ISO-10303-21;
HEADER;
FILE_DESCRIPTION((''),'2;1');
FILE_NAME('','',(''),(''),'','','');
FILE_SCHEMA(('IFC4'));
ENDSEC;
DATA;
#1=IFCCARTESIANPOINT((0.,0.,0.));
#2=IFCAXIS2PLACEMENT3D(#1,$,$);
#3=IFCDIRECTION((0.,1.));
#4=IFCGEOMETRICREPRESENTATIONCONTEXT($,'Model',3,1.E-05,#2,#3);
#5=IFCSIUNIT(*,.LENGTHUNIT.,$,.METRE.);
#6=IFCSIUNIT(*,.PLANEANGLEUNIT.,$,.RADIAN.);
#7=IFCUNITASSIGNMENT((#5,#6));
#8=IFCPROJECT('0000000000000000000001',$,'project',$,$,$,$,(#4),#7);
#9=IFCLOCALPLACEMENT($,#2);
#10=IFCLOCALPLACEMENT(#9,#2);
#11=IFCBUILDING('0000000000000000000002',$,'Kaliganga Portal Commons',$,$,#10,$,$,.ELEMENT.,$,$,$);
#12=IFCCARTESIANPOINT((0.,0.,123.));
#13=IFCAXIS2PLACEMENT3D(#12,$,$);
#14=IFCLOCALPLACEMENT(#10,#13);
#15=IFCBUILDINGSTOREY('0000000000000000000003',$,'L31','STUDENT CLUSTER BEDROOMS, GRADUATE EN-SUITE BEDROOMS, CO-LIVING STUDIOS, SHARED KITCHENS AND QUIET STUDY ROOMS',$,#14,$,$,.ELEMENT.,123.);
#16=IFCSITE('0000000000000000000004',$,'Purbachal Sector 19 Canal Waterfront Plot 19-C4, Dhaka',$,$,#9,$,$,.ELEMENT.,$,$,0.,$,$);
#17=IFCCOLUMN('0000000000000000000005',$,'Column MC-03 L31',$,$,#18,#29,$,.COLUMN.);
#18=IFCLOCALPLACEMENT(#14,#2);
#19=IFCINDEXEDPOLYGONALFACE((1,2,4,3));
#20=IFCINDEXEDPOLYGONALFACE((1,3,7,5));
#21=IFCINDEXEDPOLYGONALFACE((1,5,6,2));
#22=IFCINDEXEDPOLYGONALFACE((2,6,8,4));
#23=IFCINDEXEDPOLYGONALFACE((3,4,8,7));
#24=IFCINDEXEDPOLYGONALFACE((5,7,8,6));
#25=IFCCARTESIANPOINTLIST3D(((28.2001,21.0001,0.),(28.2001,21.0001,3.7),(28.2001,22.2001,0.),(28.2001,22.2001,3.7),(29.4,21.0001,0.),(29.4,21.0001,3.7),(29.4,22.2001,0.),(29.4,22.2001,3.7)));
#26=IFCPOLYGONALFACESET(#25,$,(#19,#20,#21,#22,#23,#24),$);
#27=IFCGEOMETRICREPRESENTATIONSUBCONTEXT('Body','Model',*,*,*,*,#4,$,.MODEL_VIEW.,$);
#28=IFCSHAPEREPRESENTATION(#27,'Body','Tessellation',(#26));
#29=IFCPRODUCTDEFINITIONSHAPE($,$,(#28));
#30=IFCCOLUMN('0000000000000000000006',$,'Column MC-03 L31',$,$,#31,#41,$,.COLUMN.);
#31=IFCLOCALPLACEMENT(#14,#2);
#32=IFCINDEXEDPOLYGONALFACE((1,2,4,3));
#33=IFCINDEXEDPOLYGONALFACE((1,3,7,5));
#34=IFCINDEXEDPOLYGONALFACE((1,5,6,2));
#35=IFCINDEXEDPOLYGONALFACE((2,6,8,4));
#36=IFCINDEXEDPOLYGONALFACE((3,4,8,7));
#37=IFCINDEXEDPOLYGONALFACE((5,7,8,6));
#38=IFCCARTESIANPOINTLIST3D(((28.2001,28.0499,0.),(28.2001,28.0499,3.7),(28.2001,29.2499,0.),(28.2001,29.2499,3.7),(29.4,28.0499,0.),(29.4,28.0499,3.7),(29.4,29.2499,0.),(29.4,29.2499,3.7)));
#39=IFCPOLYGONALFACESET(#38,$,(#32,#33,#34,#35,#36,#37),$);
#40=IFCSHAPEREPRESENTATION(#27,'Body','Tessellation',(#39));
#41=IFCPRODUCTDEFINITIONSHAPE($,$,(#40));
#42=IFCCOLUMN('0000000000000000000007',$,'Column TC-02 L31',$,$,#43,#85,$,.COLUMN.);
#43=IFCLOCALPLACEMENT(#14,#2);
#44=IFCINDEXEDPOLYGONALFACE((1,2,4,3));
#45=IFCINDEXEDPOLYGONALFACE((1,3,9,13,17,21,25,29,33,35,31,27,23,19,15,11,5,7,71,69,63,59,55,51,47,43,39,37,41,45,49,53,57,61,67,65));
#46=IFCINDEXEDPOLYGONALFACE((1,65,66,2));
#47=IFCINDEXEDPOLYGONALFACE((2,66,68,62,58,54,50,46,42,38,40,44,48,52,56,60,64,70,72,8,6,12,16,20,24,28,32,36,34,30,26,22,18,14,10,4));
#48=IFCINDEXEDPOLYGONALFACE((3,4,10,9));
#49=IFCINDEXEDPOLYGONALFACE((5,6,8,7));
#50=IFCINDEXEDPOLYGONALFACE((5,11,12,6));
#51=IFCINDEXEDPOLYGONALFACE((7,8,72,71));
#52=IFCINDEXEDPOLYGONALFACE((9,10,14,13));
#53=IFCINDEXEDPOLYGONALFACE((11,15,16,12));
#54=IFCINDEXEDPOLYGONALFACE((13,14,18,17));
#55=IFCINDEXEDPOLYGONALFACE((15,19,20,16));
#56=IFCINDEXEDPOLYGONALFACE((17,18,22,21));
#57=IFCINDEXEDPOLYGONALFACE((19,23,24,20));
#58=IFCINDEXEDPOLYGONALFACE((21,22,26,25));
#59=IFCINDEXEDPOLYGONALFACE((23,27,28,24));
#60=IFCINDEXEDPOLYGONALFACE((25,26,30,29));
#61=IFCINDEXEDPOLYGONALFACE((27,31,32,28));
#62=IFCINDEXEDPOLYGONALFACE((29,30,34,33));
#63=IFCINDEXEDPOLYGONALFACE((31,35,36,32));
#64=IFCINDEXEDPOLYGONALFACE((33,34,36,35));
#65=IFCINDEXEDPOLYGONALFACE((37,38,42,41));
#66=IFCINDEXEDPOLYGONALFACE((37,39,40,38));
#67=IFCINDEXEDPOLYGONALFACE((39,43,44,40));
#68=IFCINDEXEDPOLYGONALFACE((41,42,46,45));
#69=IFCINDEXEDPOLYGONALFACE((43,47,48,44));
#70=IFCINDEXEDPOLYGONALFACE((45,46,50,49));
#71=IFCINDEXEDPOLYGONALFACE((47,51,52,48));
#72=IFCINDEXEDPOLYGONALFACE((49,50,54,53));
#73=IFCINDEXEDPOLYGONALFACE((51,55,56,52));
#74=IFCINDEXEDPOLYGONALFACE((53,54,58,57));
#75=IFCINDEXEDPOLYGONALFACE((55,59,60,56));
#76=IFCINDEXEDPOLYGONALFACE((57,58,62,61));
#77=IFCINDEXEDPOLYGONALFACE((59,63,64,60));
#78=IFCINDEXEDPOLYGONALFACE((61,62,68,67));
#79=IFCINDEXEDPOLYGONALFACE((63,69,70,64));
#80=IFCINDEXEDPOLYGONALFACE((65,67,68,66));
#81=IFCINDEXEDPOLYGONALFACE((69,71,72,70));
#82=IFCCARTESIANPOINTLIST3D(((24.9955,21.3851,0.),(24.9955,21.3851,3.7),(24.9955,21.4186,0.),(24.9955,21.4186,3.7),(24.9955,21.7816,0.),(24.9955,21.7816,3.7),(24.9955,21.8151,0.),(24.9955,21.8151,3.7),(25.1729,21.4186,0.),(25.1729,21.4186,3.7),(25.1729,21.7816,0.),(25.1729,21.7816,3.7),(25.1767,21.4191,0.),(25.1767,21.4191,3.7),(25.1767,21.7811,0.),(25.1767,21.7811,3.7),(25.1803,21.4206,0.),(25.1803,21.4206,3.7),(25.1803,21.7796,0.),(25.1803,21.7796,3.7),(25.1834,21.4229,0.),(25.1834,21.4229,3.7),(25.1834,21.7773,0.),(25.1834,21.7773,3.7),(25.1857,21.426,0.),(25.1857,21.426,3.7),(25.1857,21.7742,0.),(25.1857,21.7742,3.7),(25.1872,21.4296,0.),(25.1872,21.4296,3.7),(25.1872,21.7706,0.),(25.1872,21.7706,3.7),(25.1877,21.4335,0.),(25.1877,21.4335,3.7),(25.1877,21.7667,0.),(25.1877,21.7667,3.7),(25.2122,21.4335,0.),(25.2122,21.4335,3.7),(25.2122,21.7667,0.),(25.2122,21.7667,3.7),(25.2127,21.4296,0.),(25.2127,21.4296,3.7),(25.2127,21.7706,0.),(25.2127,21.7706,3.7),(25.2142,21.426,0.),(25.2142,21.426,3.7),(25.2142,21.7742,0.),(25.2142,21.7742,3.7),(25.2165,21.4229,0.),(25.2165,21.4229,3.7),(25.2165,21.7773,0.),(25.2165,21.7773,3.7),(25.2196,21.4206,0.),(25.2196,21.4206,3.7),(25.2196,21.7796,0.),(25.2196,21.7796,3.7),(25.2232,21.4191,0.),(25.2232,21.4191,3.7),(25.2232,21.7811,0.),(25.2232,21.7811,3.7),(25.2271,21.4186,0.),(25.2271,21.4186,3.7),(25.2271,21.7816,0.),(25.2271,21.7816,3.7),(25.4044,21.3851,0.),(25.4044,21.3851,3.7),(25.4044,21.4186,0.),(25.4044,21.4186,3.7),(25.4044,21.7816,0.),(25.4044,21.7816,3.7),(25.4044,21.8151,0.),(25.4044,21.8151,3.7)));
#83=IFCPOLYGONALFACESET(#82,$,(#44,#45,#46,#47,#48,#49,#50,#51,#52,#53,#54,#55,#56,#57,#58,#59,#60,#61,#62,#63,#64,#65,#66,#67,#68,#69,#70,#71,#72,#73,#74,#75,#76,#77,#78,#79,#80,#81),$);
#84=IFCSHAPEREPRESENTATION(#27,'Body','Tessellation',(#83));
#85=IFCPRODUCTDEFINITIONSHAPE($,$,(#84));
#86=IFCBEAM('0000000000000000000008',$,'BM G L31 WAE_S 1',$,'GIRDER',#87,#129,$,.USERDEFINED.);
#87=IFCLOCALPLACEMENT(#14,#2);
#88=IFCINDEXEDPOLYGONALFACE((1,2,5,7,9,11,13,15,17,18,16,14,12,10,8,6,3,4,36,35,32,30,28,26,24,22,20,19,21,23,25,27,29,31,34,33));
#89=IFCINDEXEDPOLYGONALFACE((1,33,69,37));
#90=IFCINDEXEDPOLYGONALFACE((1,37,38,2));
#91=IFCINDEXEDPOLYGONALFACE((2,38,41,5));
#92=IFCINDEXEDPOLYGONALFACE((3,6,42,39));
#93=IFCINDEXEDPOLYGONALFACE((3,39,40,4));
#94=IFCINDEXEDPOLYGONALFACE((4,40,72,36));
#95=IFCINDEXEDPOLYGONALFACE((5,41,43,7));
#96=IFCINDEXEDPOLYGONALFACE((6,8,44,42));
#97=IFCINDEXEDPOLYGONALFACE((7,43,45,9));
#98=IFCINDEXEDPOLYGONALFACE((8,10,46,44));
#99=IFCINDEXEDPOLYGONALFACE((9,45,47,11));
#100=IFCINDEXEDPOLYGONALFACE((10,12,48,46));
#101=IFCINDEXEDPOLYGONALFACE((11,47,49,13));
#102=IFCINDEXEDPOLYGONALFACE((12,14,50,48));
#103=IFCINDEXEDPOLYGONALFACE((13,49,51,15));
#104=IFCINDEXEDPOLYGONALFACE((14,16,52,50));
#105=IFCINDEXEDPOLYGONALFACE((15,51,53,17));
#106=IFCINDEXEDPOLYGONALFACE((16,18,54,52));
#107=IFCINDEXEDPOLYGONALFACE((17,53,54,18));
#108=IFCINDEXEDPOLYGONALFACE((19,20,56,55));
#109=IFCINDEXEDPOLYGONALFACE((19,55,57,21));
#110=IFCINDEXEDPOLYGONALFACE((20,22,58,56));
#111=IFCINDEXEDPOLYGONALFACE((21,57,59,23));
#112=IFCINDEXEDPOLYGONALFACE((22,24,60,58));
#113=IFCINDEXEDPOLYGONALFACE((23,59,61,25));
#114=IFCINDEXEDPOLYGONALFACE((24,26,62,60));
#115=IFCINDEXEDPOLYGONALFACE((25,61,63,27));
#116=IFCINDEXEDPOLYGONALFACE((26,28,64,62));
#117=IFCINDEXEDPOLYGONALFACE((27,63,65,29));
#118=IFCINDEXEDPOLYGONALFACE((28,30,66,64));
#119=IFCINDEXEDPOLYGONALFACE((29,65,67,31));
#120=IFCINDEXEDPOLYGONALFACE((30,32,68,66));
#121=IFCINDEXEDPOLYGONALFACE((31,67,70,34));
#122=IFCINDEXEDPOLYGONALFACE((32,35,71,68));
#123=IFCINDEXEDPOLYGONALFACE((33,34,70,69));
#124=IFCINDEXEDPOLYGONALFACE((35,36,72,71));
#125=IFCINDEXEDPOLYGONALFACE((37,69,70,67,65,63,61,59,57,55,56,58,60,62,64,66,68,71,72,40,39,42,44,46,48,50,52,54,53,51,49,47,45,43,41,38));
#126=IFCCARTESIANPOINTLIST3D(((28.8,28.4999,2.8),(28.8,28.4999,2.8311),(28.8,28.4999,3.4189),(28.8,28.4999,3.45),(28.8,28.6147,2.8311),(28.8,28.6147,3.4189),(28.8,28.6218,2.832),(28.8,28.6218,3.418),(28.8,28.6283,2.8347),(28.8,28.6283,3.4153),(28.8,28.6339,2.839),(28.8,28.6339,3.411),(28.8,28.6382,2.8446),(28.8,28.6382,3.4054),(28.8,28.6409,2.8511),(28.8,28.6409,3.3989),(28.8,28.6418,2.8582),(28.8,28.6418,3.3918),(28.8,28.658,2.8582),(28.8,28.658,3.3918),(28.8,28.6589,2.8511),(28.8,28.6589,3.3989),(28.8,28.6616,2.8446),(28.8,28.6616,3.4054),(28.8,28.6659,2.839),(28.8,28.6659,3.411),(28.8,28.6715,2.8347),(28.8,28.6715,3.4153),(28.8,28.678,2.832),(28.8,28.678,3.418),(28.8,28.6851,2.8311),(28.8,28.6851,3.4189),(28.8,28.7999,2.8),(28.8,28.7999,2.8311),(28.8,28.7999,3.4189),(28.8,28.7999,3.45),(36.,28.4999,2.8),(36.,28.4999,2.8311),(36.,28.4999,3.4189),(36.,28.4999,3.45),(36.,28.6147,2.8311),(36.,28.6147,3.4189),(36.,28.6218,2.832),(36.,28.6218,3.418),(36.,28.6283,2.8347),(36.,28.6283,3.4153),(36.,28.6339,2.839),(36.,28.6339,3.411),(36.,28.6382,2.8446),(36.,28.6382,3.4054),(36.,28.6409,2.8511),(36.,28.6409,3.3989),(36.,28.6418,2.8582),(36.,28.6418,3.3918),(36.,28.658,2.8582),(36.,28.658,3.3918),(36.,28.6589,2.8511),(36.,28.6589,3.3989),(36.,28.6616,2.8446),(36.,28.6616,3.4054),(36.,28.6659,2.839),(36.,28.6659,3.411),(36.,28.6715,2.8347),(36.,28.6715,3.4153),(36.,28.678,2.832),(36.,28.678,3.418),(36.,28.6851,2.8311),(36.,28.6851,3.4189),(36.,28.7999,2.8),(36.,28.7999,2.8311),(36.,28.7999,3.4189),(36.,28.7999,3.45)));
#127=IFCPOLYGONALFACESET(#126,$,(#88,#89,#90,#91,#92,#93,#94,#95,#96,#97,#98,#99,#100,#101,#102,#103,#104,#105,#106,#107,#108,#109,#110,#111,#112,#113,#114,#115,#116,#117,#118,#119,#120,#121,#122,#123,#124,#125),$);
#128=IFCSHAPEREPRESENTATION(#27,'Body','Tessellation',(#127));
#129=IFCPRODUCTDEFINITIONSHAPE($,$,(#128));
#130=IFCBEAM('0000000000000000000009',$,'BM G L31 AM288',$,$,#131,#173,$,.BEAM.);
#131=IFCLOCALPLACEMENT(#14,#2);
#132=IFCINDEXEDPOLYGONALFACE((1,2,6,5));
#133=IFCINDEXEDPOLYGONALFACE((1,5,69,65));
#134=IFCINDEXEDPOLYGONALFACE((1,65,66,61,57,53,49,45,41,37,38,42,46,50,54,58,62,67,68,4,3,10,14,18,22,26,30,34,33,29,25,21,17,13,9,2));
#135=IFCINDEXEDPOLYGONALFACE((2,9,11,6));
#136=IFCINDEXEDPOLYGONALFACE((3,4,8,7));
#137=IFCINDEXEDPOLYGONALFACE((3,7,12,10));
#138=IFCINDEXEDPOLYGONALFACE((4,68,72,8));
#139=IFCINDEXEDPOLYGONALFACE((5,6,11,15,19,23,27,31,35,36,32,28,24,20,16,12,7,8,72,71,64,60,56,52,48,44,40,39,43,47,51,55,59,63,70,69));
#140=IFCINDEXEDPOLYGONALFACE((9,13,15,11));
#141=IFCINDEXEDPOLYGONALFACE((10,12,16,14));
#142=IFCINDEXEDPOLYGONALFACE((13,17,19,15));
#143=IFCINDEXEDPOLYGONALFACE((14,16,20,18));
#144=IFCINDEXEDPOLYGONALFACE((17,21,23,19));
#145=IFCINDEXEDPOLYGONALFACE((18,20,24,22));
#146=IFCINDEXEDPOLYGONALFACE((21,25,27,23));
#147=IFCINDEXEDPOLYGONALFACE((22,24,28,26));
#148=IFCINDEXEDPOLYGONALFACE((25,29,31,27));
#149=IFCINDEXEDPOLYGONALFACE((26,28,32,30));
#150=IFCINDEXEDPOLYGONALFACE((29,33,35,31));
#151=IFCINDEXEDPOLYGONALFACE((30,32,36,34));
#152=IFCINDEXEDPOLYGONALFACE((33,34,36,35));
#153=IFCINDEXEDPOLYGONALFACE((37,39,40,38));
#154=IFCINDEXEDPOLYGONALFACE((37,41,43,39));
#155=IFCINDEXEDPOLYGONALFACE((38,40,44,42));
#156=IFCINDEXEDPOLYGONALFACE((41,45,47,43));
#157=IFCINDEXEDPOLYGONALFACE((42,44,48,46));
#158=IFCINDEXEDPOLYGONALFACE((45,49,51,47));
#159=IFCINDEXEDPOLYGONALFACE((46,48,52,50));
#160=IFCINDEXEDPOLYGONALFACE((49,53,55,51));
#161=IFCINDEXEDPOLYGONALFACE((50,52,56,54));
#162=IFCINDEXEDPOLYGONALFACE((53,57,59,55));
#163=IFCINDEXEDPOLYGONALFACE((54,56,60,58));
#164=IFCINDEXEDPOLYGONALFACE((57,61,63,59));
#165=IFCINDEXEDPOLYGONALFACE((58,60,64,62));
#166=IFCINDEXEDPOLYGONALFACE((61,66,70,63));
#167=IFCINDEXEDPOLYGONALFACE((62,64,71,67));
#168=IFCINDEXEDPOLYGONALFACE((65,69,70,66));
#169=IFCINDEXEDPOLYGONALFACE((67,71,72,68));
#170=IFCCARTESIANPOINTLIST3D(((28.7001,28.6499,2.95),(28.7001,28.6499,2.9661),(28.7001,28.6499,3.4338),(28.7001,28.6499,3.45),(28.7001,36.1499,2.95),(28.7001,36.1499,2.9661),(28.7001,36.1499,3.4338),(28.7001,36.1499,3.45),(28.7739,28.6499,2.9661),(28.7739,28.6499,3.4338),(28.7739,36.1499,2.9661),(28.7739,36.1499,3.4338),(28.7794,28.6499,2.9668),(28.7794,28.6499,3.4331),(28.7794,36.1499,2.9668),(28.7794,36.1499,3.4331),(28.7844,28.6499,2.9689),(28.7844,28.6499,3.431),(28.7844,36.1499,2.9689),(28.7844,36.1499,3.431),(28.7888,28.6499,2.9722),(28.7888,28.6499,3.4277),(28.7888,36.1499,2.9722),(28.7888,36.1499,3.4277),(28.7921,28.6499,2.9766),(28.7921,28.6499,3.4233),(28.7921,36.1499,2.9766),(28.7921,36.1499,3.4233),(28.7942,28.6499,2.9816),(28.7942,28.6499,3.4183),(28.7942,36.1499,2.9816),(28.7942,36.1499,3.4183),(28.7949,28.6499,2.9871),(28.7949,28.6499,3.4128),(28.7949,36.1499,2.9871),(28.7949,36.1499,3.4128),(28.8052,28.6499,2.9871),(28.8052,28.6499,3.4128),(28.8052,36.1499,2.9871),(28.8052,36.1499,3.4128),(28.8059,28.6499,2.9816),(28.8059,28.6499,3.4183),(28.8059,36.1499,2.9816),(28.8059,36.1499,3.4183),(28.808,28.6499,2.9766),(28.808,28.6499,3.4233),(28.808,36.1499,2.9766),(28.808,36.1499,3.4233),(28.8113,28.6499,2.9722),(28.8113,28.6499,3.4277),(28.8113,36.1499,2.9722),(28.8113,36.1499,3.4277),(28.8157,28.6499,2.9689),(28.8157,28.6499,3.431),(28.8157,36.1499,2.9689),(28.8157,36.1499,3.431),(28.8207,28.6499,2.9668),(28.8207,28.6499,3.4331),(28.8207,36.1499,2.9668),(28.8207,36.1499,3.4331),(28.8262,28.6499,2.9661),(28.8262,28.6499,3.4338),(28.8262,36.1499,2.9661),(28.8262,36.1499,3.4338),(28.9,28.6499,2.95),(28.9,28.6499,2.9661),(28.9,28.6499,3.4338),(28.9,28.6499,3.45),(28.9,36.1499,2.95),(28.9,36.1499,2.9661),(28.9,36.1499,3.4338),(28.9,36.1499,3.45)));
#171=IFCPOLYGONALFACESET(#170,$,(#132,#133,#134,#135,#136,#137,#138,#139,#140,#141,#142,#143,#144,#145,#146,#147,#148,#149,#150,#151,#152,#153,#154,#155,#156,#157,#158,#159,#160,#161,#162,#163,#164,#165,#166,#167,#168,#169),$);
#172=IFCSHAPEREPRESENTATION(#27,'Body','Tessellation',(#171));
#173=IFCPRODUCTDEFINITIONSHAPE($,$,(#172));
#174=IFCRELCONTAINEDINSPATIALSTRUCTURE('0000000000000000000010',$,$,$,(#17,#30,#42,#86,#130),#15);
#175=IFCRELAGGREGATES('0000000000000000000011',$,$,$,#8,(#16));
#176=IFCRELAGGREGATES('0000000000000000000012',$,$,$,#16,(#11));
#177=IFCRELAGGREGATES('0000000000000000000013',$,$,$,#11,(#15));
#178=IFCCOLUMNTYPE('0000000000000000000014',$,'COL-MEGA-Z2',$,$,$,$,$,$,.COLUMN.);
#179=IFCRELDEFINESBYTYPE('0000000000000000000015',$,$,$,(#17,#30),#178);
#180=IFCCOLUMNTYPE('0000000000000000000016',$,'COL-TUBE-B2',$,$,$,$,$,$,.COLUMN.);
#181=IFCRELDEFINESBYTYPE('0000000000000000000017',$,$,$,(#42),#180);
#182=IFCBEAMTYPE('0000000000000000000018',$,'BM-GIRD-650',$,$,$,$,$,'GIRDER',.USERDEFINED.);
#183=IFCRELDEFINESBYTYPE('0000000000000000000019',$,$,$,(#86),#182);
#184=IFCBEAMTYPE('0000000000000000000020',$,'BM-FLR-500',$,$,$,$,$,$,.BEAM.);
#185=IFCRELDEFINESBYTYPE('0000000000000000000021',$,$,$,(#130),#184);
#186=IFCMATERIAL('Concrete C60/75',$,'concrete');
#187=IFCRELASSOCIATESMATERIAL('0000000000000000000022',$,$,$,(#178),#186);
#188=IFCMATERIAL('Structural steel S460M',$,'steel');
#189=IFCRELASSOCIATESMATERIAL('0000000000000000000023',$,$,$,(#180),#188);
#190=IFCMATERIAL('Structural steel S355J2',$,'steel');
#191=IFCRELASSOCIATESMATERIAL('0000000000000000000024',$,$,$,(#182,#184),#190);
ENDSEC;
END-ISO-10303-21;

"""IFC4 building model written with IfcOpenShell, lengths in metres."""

from ifc_helpers import new_model, si_unit, direction, frame, origin, origin_2d, place, context, subcontext, project, spatial, rectangle, i_section, extrude, source, transform, mapped, material, material_profile, profile_set, type_object, element, save


model = new_model("IFC4")

# Units and contexts
model_context = context("Model", 3, precision=1e-05, world=origin(), true_north=direction((0.0, 1.0)))
body_context = subcontext(model_context, "Body", "Model", "MODEL_VIEW")
ifc_project = project(units=[si_unit("LENGTHUNIT", "METRE"), si_unit("PLANEANGLEUNIT", "RADIAN")], contexts=[model_context])

# Site, building, storey
site_placement = place(None, origin())
site = spatial("IfcSite", under=ifc_project, at=site_placement, Name="Purbachal Sector 19 Canal Waterfront Plot 19-C4, Dhaka", CompositionType="ELEMENT", RefElevation=0.0)
building_placement = place(site_placement, origin())
building = spatial("IfcBuilding", under=site, at=building_placement, Name="Kaliganga Portal Commons", CompositionType="ELEMENT")
storey_placement = place(building_placement, frame((0.0, 0.0, 123.0)))
storey = spatial("IfcBuildingStorey", under=building, at=storey_placement, Name="L31", Description="STUDENT CLUSTER BEDROOMS, GRADUATE EN-SUITE BEDROOMS, CO-LIVING STUDIOS, SHARED KITCHENS AND QUIET STUDY ROOMS", CompositionType="ELEMENT", Elevation=123.0)

# Columns
ifc_material_1 = material(Name="Concrete C60/75", Category="concrete")
ifc_material_profile_1 = material_profile(ifc_material_1, rectangle(XDim=1.2, YDim=1.2, at=origin_2d()), Name="RC 1200x1200")
ifc_profile_set_1 = profile_set([ifc_material_profile_1], Name="Concrete C60/75")
column_type_1 = type_object("IfcColumnType", Name="COL-MEGA-Z2", PredefinedType="COLUMN", material=ifc_profile_set_1)
shared_shape_1 = source(origin(), body_context, "Body", "SweptSolid", [
    extrude(rectangle(XDim=1.2, YDim=1.2, at=origin_2d()), origin(), (0.0, 0.0, 1.0), 3.7),
])
for number, where, z_axis, x_axis, name in (
    (1, (28.8, 21.6001, 0.0), (0.0, 0.0, 1.0), (1.0, 0.0, 0.0), "Column MC-03 L31"),
    (2, (28.8, 28.6499, 0.0), (0.0, 0.0, 1.0), (1.0, 0.0, 0.0), "Column MC-03 L31"),
):
    element("IfcColumn", number, at=place(storey_placement, frame(where, z_axis=z_axis, x_axis=x_axis)), inside=storey, type_object=column_type_1, Name=name, PredefinedType="COLUMN", context=body_context, shape_type="MappedRepresentation", body=[
        mapped(shared_shape_1, transform((0.0, 0.0, 0.0), x_axis=(1.0, 0.0, 0.0), y_axis=(0.0, 1.0, 0.0), z_axis=(0.0, 0.0, 1.0), scale=1.0)),
    ])
ifc_material_2 = material(Name="Structural steel S460M", Category="steel")
ifc_material_profile_2 = material_profile(ifc_material_2, i_section(OverallWidth=0.4089, OverallDepth=0.4299, WebThickness=0.0244, FlangeThickness=0.0334, FilletRadius=0.0149, at=origin_2d()), Name="HD 400x421")
ifc_profile_set_2 = profile_set([ifc_material_profile_2], Name="Structural steel S460M wide-flange")
column_type_2 = type_object("IfcColumnType", Name="COL-TUBE-B2", PredefinedType="COLUMN", material=ifc_profile_set_2)
shared_shape_2 = source(origin(), body_context, "Body", "SweptSolid", [
    extrude(i_section(OverallWidth=0.4089, OverallDepth=0.4299, WebThickness=0.0244, FlangeThickness=0.0334, FilletRadius=0.0149, at=origin_2d()), origin(), (0.0, 0.0, 1.0), 3.7),
])
column_placement = place(storey_placement, frame((25.2, 21.6001, 0.0), z_axis=(0.0, 0.0, 1.0), x_axis=(1.0, 0.0, 0.0)))
element("IfcColumn", 3, at=column_placement, inside=storey, type_object=column_type_2, Name="Column TC-02 L31", PredefinedType="COLUMN", context=body_context, shape_type="MappedRepresentation", body=[
    mapped(shared_shape_2, transform((0.0, 0.0, 0.0), x_axis=(1.0, 0.0, 0.0), y_axis=(0.0, 1.0, 0.0), z_axis=(0.0, 0.0, 1.0), scale=1.0)),
])

# Beams
ifc_material_3 = material(Name="Structural steel S355J2", Category="steel")
ifc_material_profile_3 = material_profile(ifc_material_3, i_section(OverallWidth=0.3, OverallDepth=0.6499, WebThickness=0.0161, FlangeThickness=0.031, FilletRadius=0.0271, at=origin_2d()), Name="HE 650 B")
ifc_profile_set_3 = profile_set([ifc_material_profile_3], Name="Structural steel S355J2 wide-flange")
beam_type_1 = type_object("IfcBeamType", Name="BM-GIRD-650", ElementType="GIRDER", PredefinedType="USERDEFINED", material=ifc_profile_set_3)
shared_shape_3 = source(origin(), body_context, "Body", "SweptSolid", [
    extrude(i_section(OverallWidth=0.3, OverallDepth=0.6499, WebThickness=0.0161, FlangeThickness=0.031, FilletRadius=0.0271, at=origin_2d()), origin(), (0.0, 0.0, 1.0), 7.2),
])
beam_1_placement = place(storey_placement, frame((28.8, 28.6499, 3.125), z_axis=(1.0, 0.0, 0.0), x_axis=(0.0, 1.0, 0.0)))
element("IfcBeam", 4, at=beam_1_placement, inside=storey, type_object=beam_type_1, Name="BM G L31 WAE_S 1", ObjectType="GIRDER", PredefinedType="USERDEFINED", context=body_context, shape_type="MappedRepresentation", body=[
    mapped(shared_shape_3, transform((0.0, 0.0, 0.0), x_axis=(1.0, 0.0, 0.0), y_axis=(0.0, 1.0, 0.0), z_axis=(0.0, 0.0, 1.0), scale=1.0)),
])
ifc_material_profile_4 = material_profile(ifc_material_3, i_section(OverallWidth=0.2, OverallDepth=0.5, WebThickness=0.0103, FlangeThickness=0.0161, FilletRadius=0.021, at=origin_2d()), Name="IPE 500")
ifc_profile_set_4 = profile_set([ifc_material_profile_4], Name="Structural steel S355J2 wide-flange")
beam_type_2 = type_object("IfcBeamType", Name="BM-FLR-500", PredefinedType="BEAM", material=ifc_profile_set_4)
shared_shape_4 = source(origin(), body_context, "Body", "SweptSolid", [
    extrude(i_section(OverallWidth=0.2, OverallDepth=0.5, WebThickness=0.0103, FlangeThickness=0.0161, FilletRadius=0.021, at=origin_2d()), origin(), (0.0, 0.0, 1.0), 7.5),
])
beam_2_placement = place(storey_placement, frame((28.8, 28.6499, 3.2), z_axis=(0.0, 1.0, 0.0), x_axis=(-1.0, 0.0, 0.0)))
element("IfcBeam", 5, at=beam_2_placement, inside=storey, type_object=beam_type_2, Name="BM G L31 AM288", PredefinedType="BEAM", context=body_context, shape_type="MappedRepresentation", body=[
    mapped(shared_shape_4, transform((0.0, 0.0, 0.0), x_axis=(1.0, 0.0, 0.0), y_axis=(0.0, 1.0, 0.0), z_axis=(0.0, 0.0, 1.0), scale=1.0)),
])

save(model, "model.ifc")
